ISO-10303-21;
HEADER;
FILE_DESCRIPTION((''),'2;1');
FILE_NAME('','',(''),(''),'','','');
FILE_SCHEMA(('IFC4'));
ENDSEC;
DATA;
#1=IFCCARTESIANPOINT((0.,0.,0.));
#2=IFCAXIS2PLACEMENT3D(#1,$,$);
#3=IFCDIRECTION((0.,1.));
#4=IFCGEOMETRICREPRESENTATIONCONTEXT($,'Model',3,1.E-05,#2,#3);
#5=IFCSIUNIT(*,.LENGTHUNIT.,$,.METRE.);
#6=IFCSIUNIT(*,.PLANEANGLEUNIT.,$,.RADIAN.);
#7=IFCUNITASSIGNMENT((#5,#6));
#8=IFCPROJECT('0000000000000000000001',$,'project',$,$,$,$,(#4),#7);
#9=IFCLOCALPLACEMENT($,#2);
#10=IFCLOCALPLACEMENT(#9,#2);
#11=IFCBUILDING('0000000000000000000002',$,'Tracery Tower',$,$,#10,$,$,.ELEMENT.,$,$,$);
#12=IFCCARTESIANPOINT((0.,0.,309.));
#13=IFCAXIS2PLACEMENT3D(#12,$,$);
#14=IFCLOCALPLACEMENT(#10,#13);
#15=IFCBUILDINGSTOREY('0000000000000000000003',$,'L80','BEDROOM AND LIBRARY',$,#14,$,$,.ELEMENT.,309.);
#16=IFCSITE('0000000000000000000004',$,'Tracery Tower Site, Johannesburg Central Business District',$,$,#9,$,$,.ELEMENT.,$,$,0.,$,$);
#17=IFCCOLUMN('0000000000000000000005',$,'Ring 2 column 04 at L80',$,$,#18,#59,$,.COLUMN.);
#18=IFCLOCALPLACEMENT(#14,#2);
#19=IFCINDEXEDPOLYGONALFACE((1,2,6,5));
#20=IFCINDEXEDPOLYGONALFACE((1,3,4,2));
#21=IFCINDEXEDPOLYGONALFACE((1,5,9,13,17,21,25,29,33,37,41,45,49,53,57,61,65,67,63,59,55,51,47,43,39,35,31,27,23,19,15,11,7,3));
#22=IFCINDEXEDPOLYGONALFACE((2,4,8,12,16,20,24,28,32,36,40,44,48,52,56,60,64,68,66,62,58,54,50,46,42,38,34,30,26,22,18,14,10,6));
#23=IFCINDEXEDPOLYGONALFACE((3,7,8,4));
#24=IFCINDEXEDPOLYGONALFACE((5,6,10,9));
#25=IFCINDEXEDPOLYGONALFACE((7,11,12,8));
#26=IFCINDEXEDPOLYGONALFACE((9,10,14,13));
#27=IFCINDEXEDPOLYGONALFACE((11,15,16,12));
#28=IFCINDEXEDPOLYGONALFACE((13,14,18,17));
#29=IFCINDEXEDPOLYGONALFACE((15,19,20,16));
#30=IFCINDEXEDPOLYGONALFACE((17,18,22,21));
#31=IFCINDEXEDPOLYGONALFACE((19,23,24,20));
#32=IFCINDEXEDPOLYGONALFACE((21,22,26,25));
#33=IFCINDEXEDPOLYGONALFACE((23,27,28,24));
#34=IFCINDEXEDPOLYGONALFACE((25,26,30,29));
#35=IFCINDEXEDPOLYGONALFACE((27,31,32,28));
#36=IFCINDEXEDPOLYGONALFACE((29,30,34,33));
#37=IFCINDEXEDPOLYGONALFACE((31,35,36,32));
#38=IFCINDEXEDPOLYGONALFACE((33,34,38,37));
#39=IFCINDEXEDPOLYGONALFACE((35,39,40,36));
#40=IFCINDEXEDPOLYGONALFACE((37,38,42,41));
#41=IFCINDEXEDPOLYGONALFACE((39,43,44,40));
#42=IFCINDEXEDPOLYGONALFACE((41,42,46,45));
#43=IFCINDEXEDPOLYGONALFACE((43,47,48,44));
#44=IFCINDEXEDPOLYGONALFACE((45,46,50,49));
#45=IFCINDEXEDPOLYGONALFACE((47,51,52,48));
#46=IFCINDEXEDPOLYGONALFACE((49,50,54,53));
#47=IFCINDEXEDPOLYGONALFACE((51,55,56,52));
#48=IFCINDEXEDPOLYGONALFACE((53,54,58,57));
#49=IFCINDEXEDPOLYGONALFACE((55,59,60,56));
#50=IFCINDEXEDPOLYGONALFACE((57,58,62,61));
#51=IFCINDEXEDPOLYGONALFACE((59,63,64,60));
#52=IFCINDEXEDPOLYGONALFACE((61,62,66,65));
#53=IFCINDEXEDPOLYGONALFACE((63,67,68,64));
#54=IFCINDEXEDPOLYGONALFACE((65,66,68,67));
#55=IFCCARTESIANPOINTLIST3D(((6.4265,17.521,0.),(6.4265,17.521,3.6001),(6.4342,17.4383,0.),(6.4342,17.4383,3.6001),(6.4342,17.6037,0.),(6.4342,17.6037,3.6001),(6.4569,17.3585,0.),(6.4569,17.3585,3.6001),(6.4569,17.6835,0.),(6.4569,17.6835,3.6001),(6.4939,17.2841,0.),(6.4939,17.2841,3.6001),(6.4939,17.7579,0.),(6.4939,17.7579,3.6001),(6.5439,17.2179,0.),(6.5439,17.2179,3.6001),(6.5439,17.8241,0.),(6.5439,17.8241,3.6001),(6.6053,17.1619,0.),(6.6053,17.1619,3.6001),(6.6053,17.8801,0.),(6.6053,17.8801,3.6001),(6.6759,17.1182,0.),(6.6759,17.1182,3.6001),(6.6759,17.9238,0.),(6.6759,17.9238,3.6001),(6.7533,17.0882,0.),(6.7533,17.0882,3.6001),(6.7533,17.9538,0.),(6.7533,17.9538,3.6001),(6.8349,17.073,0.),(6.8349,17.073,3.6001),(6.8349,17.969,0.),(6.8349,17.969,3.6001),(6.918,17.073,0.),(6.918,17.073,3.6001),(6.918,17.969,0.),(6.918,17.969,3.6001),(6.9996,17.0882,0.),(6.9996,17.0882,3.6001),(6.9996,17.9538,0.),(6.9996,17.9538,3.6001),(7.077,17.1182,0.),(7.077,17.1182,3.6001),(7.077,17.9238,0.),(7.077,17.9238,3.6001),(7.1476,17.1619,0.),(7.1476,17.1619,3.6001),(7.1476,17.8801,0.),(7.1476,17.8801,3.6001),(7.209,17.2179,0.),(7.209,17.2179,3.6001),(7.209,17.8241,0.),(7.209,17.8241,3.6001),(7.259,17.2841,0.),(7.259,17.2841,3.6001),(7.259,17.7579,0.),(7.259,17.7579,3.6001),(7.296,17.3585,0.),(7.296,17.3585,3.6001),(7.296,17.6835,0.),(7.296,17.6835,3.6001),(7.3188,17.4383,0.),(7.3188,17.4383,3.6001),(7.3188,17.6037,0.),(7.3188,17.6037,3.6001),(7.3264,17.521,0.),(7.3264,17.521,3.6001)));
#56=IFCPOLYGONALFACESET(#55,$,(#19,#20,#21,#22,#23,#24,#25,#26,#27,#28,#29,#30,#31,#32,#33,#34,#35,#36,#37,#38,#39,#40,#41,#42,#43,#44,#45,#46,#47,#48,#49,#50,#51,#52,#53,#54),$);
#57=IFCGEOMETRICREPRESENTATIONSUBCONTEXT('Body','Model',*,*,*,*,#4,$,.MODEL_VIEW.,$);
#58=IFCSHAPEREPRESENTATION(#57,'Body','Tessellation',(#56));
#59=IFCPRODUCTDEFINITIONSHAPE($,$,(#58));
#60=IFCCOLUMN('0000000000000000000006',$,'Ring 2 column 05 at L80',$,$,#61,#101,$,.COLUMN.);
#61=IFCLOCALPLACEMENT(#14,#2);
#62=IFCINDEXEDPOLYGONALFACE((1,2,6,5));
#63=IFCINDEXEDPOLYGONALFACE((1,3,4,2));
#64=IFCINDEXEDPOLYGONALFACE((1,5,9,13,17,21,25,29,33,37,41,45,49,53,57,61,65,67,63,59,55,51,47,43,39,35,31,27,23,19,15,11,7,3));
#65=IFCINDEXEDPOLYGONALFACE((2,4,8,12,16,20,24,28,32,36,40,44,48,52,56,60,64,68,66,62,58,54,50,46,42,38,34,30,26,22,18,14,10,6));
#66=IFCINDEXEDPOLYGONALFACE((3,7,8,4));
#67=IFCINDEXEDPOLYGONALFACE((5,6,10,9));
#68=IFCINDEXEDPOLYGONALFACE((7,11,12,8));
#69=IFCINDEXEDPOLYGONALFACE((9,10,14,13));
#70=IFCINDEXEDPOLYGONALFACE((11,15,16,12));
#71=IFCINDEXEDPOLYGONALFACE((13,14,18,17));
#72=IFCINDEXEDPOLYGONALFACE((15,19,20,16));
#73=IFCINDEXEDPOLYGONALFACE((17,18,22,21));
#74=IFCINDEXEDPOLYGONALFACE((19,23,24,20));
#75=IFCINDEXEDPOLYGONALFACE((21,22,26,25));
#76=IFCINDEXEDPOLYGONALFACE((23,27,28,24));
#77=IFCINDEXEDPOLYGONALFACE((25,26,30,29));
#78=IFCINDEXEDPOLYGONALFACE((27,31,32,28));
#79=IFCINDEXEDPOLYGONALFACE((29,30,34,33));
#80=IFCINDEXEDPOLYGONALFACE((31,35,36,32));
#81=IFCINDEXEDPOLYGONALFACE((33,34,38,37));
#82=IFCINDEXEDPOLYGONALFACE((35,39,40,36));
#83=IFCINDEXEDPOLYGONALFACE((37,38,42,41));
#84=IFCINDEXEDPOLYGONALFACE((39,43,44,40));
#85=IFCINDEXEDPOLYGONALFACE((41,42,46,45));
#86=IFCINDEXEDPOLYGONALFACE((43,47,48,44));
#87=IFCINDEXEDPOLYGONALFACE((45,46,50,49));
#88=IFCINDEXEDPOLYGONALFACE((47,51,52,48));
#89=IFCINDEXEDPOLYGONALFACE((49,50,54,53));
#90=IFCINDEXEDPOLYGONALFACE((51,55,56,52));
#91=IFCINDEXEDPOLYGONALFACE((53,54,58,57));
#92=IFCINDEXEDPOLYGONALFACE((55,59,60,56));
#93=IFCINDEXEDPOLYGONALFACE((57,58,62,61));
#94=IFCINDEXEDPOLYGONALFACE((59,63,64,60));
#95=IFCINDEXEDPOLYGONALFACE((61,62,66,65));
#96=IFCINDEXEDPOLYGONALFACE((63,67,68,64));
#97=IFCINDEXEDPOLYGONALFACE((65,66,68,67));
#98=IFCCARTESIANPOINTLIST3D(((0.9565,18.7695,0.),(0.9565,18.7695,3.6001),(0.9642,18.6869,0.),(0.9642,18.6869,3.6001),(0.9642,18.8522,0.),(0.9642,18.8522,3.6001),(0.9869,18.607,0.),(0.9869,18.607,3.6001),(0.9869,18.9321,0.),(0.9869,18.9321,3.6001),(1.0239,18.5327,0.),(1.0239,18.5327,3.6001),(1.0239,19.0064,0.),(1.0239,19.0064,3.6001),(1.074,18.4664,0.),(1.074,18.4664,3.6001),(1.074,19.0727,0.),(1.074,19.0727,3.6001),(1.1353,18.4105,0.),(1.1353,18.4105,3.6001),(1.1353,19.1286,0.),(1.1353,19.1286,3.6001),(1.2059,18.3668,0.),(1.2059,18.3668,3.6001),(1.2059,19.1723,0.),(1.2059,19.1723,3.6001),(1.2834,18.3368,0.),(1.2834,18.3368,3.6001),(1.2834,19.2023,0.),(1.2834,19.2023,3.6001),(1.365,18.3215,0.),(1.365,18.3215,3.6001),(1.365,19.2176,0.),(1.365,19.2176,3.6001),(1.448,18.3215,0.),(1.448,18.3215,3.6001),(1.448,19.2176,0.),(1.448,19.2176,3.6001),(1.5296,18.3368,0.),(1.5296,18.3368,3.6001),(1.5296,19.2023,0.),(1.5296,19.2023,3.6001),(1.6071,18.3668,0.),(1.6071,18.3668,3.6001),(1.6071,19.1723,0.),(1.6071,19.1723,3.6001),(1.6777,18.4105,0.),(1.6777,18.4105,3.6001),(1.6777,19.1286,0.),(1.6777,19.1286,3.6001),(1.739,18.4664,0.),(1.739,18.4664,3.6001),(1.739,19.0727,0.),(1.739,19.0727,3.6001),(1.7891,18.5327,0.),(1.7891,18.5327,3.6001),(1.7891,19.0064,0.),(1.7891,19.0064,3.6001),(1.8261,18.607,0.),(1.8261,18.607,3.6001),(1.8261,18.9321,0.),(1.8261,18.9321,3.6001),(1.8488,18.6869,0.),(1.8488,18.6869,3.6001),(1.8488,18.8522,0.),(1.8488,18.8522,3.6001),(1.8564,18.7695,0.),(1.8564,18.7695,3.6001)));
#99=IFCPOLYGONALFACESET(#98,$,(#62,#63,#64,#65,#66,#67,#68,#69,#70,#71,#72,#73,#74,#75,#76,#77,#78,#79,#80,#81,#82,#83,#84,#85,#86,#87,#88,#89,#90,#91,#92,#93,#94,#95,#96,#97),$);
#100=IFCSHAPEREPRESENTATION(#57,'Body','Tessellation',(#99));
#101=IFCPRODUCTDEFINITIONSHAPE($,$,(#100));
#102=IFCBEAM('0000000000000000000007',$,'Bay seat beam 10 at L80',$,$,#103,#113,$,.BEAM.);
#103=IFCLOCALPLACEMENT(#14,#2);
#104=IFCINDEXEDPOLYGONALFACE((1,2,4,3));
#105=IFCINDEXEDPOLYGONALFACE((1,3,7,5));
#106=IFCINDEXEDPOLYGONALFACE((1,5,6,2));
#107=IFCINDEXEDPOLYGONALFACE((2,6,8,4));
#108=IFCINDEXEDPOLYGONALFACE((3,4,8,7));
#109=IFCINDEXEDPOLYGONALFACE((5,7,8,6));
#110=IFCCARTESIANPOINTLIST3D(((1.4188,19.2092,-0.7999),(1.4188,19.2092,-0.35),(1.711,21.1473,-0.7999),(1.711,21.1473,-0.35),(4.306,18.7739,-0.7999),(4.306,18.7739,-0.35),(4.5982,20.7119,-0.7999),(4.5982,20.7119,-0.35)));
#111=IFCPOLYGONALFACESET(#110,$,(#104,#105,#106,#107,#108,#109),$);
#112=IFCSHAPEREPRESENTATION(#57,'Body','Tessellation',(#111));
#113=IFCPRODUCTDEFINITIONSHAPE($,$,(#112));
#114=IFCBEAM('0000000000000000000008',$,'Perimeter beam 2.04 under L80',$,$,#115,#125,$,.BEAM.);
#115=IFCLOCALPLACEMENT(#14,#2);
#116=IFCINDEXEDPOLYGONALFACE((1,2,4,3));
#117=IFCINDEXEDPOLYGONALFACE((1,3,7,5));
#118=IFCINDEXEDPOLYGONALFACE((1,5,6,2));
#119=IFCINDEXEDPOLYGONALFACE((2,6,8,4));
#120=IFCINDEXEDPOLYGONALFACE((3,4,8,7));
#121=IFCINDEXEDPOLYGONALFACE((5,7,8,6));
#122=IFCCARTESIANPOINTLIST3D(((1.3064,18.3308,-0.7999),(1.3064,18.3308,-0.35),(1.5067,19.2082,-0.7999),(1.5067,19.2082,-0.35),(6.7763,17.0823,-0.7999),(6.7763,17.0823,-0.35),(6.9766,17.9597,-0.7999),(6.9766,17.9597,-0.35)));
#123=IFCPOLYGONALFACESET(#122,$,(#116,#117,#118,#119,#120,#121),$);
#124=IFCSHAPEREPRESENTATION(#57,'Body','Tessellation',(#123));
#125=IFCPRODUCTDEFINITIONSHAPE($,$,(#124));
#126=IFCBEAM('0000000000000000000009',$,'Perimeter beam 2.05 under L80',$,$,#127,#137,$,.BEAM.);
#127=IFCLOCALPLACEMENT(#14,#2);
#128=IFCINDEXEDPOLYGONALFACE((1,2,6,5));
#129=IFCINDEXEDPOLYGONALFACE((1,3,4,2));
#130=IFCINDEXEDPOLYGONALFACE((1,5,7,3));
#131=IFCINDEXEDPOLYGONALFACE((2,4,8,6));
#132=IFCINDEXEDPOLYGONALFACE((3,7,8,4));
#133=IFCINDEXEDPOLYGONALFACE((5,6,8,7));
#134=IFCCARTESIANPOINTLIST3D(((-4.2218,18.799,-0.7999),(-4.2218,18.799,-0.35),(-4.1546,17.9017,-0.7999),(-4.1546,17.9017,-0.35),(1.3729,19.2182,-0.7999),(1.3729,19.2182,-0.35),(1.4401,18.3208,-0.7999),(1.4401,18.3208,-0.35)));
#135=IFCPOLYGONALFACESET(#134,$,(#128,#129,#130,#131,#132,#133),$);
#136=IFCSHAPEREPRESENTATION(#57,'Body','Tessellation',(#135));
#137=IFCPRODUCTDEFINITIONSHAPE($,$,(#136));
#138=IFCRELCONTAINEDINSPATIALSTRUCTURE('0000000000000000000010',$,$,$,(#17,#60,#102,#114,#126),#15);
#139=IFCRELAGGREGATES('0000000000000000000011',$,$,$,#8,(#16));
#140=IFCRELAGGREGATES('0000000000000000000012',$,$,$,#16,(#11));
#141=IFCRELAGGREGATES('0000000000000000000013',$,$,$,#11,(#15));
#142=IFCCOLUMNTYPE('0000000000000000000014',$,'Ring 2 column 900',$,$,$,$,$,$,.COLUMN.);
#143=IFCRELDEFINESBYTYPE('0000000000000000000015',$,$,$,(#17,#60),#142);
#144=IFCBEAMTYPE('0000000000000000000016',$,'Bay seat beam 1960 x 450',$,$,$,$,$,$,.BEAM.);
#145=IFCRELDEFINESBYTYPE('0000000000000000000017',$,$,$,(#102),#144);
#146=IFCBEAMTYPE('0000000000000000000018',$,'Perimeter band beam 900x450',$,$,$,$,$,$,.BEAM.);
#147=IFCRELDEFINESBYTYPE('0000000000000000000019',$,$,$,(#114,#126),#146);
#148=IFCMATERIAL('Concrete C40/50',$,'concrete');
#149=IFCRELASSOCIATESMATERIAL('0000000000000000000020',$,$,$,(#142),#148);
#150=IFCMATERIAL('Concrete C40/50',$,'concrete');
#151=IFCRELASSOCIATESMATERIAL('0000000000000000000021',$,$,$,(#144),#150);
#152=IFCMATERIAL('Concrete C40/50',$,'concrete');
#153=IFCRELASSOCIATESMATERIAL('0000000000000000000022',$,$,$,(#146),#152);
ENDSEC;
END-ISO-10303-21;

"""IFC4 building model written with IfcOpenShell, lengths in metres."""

from ifc_helpers import new_model, si_unit, direction, frame, origin, origin_2d, place, context, subcontext, project, spatial, rectangle, circle, extrude, material, material_profile, profile_set, type_object, element, save


model = new_model("IFC4")

# Units and contexts
model_context = context("Model", 3, precision=1e-05, world=origin(), true_north=direction((0.0, 1.0)))
body_context = subcontext(model_context, "Body", "Model", "MODEL_VIEW")
ifc_project = project(units=[si_unit("LENGTHUNIT", "METRE"), si_unit("PLANEANGLEUNIT", "RADIAN")], contexts=[model_context])

# Site, building, storey
site_placement = place(None, origin())
site = spatial("IfcSite", under=ifc_project, at=site_placement, Name="Tracery Tower Site, Johannesburg Central Business District", CompositionType="ELEMENT", RefElevation=0.0)
building_placement = place(site_placement, origin())
building = spatial("IfcBuilding", under=site, at=building_placement, Name="Tracery Tower", CompositionType="ELEMENT")
storey_placement = place(building_placement, frame((0.0, 0.0, 309.0)))
storey = spatial("IfcBuildingStorey", under=building, at=storey_placement, Name="L80", Description="BEDROOM AND LIBRARY", CompositionType="ELEMENT", Elevation=309.0)

# Columns
ifc_material_1 = material(Name="Concrete C40/50", Category="concrete")
ifc_material_profile_1 = material_profile(ifc_material_1, circle(Radius=0.45, at=origin_2d()), Name="RC D900")
ifc_profile_set_1 = profile_set([ifc_material_profile_1], Name="Concrete C40/50")
column_type = type_object("IfcColumnType", Name="Ring 2 column 900", PredefinedType="COLUMN", material=ifc_profile_set_1)
for number, where, z_axis, x_axis, name in (
    (1, (6.8765, 17.521, 0.0), (0.0, 0.0, 1.0), (1.0, 0.0, 0.0), "Ring 2 column 04 at L80"),
    (2, (1.4065, 18.7695, 0.0), (0.0, 0.0, 1.0), (1.0, 0.0, 0.0), "Ring 2 column 05 at L80"),
):
    element("IfcColumn", number, at=place(storey_placement, frame(where, z_axis=z_axis, x_axis=x_axis)), inside=storey, type_object=column_type, Name=name, PredefinedType="COLUMN", context=body_context, shape_type="SweptSolid", body=[
        extrude(circle(Radius=0.45, at=origin_2d()), origin(), (0.0, 0.0, 1.0), 3.6001),
    ])

# Beams
ifc_material_2 = material(Name="Concrete C40/50", Category="concrete")
ifc_material_profile_2 = material_profile(ifc_material_2, rectangle(XDim=1.96, YDim=0.45, at=origin_2d()), Name="RC 1960x450")
ifc_profile_set_2 = profile_set([ifc_material_profile_2], Name="Concrete C40/50")
beam_type_1 = type_object("IfcBeamType", Name="Bay seat beam 1960 x 450", PredefinedType="BEAM", material=ifc_profile_set_2)
beam_1_placement = place(storey_placement, frame((4.4521, 19.7429, -0.575), z_axis=(-0.988824, 0.149085, 0.0), x_axis=(-0.149085, -0.988824, 0.0)))
element("IfcBeam", 3, at=beam_1_placement, inside=storey, type_object=beam_type_1, Name="Bay seat beam 10 at L80", PredefinedType="BEAM", context=body_context, shape_type="SweptSolid", body=[
    extrude(rectangle(XDim=1.96, YDim=0.45, at=origin_2d()), origin(), (0.0, 0.0, 1.0), 2.9199),
])
ifc_material_3 = material(Name="Concrete C40/50", Category="concrete")
ifc_material_profile_3 = material_profile(ifc_material_3, rectangle(XDim=0.8999, YDim=0.45, at=origin_2d()), Name="RC 900x450")
ifc_profile_set_3 = profile_set([ifc_material_profile_3], Name="Concrete C40/50")
beam_type_2 = type_object("IfcBeamType", Name="Perimeter band beam 900x450", PredefinedType="BEAM", material=ifc_profile_set_3)
beam_2_placement = place(storey_placement, frame((6.8765, 17.521, -0.575), z_axis=(-0.974926, 0.222529, 0.0), x_axis=(-0.222529, -0.974926, 0.0)))
element("IfcBeam", 4, at=beam_2_placement, inside=storey, type_object=beam_type_2, Name="Perimeter beam 2.04 under L80", PredefinedType="BEAM", context=body_context, shape_type="SweptSolid", body=[
    extrude(rectangle(XDim=0.8999, YDim=0.45, at=origin_2d()), origin(), (0.0, 0.0, 1.0), 5.6106),
])
beam_3_placement = place(storey_placement, frame((1.4065, 18.7695, -0.575), z_axis=(-0.997205, -0.074716, 0.0), x_axis=(0.074716, -0.997205, 0.0)))
element("IfcBeam", 5, at=beam_3_placement, inside=storey, type_object=beam_type_2, Name="Perimeter beam 2.05 under L80", PredefinedType="BEAM", context=body_context, shape_type="SweptSolid", body=[
    extrude(rectangle(XDim=0.8999, YDim=0.45, at=origin_2d()), origin(), (0.0, 0.0, 1.0), 5.6104),
])

save(model, "model.ifc")
